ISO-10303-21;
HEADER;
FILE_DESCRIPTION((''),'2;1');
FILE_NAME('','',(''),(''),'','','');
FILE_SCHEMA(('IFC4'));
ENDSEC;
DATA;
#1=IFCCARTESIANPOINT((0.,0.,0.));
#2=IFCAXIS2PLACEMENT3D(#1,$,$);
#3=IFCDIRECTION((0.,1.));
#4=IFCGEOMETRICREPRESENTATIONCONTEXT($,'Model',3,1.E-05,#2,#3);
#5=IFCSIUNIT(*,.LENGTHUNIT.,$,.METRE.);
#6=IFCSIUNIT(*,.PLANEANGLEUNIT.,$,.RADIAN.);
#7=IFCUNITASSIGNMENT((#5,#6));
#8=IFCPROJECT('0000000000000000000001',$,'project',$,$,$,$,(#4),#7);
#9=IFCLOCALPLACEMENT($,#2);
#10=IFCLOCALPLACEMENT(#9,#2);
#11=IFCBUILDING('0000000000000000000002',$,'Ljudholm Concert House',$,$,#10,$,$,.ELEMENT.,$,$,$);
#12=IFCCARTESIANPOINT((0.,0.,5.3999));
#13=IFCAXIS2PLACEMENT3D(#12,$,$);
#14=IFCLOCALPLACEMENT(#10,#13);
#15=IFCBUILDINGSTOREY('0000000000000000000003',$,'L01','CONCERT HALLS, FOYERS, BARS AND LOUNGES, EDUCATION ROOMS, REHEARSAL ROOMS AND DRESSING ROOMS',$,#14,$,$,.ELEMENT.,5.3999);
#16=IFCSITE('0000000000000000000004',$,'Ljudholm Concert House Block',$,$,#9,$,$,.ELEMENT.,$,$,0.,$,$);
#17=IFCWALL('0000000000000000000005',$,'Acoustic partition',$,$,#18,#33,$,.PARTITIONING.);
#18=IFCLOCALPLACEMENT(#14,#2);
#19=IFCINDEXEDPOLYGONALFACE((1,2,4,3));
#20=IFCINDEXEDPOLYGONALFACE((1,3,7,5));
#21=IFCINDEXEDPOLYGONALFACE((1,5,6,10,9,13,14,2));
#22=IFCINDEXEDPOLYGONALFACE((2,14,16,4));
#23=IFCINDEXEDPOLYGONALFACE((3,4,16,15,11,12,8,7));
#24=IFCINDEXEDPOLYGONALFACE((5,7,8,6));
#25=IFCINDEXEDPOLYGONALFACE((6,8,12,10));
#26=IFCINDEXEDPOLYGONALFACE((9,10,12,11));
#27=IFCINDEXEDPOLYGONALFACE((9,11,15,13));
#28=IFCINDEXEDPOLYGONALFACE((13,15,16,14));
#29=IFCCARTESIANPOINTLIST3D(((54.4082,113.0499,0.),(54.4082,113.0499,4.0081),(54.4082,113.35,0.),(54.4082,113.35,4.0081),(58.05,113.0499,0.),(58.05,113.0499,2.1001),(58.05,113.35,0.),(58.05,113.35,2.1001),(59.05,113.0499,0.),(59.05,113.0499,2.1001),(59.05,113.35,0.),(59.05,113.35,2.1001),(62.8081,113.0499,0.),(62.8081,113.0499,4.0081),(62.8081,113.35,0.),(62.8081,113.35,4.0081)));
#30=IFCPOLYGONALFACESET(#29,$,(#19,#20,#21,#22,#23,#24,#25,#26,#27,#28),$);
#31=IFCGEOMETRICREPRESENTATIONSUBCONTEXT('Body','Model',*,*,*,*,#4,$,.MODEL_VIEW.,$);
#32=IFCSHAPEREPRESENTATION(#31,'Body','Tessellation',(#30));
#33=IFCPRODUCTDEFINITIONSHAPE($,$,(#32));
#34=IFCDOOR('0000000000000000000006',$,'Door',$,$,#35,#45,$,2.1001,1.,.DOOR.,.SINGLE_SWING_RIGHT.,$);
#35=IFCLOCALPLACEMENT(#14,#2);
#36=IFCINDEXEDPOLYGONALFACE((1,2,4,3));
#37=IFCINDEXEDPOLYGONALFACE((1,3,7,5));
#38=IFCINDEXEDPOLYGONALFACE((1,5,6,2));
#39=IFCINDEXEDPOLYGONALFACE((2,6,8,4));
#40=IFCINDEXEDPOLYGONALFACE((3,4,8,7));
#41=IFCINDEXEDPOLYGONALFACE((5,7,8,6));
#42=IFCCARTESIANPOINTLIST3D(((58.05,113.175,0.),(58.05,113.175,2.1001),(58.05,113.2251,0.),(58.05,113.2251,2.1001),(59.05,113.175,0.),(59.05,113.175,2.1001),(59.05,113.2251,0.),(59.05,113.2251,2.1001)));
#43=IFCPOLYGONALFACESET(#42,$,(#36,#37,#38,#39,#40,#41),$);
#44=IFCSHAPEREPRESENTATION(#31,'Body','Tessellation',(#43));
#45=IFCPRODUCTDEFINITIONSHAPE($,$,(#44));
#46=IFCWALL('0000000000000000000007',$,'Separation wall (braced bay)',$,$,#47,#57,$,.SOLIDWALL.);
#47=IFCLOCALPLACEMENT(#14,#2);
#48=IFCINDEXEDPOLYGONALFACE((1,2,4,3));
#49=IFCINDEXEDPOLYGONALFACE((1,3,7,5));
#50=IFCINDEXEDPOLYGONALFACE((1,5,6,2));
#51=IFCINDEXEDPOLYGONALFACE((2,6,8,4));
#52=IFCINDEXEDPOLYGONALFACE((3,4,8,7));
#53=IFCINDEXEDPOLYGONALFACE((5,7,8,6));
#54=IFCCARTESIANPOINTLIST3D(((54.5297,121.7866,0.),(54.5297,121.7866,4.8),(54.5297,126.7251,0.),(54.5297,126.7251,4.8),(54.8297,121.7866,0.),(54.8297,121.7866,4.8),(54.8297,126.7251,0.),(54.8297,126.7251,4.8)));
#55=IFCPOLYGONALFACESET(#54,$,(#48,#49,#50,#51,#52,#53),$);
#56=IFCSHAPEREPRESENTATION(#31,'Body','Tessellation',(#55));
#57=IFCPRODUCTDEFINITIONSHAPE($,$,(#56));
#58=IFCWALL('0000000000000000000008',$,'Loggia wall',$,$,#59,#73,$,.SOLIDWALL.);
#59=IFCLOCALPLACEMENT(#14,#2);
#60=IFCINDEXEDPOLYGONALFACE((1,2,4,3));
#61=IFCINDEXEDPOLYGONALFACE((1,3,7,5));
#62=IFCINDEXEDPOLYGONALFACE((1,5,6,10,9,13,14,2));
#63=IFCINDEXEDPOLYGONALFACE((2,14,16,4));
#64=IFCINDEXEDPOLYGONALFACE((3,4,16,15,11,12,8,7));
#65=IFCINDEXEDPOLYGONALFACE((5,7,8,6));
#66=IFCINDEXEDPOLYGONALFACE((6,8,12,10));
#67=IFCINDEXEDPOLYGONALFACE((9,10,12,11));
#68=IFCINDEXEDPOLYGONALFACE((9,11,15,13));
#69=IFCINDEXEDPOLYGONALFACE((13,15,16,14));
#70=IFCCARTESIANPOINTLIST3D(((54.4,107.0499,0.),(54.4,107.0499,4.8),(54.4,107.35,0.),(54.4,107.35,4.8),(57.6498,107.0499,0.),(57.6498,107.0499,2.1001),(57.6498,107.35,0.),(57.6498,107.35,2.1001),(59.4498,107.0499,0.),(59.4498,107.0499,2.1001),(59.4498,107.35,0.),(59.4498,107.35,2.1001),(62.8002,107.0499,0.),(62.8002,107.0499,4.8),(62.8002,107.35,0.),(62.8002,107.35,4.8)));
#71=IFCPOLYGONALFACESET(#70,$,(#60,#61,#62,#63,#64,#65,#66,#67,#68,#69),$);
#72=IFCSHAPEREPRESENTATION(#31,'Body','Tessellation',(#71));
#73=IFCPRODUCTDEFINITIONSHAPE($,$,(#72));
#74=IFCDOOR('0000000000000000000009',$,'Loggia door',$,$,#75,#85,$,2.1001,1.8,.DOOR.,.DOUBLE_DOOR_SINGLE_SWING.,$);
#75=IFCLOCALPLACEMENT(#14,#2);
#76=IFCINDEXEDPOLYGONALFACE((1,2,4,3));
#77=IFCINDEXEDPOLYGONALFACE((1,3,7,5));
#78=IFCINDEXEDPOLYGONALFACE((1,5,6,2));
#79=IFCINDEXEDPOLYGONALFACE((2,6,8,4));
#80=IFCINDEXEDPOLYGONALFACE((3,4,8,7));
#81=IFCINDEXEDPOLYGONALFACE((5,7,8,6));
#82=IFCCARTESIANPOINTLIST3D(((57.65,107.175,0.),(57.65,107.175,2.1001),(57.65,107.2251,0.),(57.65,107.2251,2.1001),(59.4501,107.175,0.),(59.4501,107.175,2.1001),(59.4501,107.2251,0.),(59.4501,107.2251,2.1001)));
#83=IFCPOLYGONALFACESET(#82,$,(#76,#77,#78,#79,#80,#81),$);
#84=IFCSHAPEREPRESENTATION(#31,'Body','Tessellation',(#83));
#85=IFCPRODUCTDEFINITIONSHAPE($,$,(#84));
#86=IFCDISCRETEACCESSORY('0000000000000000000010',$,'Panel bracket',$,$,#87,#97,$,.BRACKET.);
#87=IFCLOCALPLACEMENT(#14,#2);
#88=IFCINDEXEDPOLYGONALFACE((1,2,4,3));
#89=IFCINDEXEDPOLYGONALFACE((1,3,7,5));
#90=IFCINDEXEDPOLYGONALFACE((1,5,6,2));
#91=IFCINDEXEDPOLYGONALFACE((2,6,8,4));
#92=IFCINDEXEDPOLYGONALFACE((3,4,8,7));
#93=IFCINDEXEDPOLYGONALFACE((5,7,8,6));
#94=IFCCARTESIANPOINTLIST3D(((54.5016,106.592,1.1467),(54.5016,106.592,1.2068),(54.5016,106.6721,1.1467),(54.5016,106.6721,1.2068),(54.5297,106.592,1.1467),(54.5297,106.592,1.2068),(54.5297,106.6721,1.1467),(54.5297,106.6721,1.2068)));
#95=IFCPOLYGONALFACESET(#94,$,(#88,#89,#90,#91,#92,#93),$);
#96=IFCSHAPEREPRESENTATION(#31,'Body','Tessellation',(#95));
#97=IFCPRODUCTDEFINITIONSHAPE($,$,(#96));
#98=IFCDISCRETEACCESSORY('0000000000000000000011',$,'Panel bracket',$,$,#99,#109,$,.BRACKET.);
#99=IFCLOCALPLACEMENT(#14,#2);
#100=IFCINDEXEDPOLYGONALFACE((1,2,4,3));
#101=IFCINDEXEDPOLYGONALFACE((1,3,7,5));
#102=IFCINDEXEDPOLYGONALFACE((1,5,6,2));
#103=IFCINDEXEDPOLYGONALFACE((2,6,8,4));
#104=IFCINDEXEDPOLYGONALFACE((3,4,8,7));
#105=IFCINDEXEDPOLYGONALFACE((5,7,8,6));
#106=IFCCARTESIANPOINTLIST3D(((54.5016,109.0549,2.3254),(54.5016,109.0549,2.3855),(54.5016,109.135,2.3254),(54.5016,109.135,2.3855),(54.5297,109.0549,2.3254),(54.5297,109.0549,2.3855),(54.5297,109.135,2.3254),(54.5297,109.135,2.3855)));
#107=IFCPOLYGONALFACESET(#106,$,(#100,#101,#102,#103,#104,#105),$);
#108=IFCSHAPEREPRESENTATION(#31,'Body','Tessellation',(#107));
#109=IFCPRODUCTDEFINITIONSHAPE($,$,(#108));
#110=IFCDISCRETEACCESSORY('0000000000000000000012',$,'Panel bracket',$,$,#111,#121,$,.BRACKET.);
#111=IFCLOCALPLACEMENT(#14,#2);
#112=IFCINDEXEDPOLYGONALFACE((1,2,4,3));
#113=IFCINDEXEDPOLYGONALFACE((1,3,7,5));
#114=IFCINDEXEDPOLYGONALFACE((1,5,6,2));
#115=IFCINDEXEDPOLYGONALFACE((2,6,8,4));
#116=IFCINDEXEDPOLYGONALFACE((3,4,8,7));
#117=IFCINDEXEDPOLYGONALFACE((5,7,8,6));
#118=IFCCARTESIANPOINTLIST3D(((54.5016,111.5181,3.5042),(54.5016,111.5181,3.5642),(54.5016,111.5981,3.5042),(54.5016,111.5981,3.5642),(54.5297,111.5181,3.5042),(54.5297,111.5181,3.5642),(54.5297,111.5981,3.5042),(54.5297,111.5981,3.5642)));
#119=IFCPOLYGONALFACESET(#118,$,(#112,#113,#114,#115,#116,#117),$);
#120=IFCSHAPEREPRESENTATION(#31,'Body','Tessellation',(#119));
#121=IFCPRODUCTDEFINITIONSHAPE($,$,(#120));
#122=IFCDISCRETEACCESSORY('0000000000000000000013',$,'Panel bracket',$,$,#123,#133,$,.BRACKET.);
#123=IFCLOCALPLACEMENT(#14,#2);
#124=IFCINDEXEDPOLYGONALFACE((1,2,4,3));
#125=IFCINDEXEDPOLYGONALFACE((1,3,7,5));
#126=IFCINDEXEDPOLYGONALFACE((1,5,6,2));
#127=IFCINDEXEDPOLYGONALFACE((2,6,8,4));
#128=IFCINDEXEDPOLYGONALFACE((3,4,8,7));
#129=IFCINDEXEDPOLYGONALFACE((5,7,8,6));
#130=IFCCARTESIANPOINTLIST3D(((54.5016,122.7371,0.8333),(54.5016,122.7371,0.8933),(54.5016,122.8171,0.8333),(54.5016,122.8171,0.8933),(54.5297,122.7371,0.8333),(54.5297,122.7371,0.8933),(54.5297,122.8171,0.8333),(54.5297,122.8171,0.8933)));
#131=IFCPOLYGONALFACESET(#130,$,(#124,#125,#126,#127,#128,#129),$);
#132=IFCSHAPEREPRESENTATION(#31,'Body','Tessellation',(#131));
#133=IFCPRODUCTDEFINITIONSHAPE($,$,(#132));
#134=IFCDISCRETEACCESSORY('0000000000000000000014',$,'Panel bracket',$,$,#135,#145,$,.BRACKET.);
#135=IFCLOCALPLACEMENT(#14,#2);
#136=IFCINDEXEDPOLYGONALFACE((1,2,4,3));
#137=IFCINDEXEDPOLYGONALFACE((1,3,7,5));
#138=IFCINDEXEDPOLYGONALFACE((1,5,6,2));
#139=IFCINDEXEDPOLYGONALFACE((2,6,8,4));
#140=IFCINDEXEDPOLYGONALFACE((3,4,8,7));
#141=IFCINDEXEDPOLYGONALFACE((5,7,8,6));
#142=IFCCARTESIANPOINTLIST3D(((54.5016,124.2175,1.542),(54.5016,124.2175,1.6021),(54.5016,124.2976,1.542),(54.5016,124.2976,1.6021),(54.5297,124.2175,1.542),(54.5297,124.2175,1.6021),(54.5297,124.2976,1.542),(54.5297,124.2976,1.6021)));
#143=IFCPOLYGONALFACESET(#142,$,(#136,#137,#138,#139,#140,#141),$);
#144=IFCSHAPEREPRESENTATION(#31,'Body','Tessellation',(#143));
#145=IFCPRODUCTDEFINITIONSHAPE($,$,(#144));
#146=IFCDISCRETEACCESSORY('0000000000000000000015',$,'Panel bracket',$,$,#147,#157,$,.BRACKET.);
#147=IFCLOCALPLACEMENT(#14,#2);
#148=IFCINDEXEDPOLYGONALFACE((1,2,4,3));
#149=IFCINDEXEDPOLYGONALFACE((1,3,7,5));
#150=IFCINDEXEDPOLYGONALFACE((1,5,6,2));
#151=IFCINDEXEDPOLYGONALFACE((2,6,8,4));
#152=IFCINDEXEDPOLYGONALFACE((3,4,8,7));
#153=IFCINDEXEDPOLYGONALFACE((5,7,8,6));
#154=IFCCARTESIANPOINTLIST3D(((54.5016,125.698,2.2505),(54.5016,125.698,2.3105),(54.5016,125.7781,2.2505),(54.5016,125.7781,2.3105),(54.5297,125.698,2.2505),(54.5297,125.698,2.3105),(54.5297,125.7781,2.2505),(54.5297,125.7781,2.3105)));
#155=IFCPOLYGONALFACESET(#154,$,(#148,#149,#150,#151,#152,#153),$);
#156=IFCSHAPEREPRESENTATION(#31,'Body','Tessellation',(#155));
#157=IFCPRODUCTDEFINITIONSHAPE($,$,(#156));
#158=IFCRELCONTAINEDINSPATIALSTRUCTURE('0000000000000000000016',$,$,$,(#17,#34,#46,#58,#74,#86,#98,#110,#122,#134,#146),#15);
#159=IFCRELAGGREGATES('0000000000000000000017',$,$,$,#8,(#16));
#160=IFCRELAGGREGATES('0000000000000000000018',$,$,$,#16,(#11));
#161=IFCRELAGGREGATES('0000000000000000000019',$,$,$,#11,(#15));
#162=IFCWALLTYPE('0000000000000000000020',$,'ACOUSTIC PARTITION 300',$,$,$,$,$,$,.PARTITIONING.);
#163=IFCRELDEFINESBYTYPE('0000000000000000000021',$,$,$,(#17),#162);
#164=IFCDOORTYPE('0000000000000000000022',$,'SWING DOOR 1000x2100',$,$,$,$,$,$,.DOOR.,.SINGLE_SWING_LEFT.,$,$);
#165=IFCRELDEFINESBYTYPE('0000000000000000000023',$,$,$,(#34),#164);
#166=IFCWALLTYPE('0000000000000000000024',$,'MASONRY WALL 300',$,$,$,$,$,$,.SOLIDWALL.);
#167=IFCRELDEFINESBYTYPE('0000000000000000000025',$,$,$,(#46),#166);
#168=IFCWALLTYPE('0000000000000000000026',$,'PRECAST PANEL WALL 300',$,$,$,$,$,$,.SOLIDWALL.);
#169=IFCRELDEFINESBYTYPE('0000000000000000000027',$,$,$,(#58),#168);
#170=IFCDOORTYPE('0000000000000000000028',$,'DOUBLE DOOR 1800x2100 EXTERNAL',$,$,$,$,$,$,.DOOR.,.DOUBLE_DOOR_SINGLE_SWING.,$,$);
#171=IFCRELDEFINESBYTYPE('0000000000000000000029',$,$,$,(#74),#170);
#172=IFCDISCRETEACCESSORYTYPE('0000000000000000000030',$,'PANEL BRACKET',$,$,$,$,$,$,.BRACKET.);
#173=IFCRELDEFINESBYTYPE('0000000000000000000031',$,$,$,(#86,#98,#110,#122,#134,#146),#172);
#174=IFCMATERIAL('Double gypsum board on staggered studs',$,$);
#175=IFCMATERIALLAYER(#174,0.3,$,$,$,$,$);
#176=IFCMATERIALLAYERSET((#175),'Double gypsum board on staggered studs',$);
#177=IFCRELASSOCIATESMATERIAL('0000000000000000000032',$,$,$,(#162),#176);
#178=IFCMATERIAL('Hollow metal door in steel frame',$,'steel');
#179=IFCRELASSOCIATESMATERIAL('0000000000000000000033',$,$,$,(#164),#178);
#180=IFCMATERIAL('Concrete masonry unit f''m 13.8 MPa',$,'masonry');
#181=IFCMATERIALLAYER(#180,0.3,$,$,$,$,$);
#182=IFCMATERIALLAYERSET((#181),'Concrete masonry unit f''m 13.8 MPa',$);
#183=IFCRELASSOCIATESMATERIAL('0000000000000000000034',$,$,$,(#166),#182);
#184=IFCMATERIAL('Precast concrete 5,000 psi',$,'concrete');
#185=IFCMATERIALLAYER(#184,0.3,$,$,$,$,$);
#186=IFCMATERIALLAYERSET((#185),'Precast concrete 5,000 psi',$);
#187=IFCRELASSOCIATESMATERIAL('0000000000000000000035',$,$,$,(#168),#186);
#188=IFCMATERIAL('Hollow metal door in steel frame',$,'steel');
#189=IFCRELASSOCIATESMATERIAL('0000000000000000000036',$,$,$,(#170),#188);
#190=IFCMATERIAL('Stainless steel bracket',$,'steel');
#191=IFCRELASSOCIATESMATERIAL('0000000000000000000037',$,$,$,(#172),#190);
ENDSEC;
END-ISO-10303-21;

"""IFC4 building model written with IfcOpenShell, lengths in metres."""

from ifc_helpers import new_model, si_unit, direction, frame, frame_2d, origin, origin_2d, place, context, subcontext, project, spatial, rectangle, extrude, material, layer, layer_set, type_object, element, fill, save


model = new_model("IFC4")

# Units and contexts
model_context = context("Model", 3, precision=1e-05, world=origin(), true_north=direction((0.0, 1.0)))
body_context = subcontext(model_context, "Body", "Model", "MODEL_VIEW")
ifc_project = project(units=[si_unit("LENGTHUNIT", "METRE"), si_unit("PLANEANGLEUNIT", "RADIAN")], contexts=[model_context])

# Site, building, storey
site_placement = place(None, origin())
site = spatial("IfcSite", under=ifc_project, at=site_placement, Name="Ljudholm Concert House Block", CompositionType="ELEMENT", RefElevation=0.0)
building_placement = place(site_placement, origin())
building = spatial("IfcBuilding", under=site, at=building_placement, Name="Ljudholm Concert House", CompositionType="ELEMENT")
storey_placement = place(building_placement, frame((0.0, 0.0, 5.3999)))
storey = spatial("IfcBuildingStorey", under=building, at=storey_placement, Name="L01", Description="CONCERT HALLS, FOYERS, BARS AND LOUNGES, EDUCATION ROOMS, REHEARSAL ROOMS AND DRESSING ROOMS", CompositionType="ELEMENT", Elevation=5.3999)

# Wall, opening, door
ifc_material_1 = material(Name="Double gypsum board on staggered studs")
ifc_layer_1 = layer(ifc_material_1, 0.3)
ifc_layer_set_1 = layer_set([ifc_layer_1], Name="Double gypsum board on staggered studs")
wall_type_1 = type_object("IfcWallType", Name="ACOUSTIC PARTITION 300", PredefinedType="PARTITIONING", material=ifc_layer_set_1)
wall_1_placement = place(storey_placement, frame((54.4082, 113.2, 0.0), z_axis=(0.0, 0.0, 1.0), x_axis=(1.0, 0.0, 0.0)))
wall_1 = element("IfcWall", 1, at=wall_1_placement, inside=storey, type_object=wall_type_1, Name="Acoustic partition", PredefinedType="PARTITIONING", context=body_context, shape_type="SweptSolid", body=[
    extrude(rectangle(XDim=8.3999, YDim=0.3, at=frame_2d((4.2, 0.0))), origin(), (0.0, 0.0, 1.0), 4.0081),
])
opening_1_placement = place(wall_1_placement, frame((3.6418, 0.0, 0.0)))
opening_1 = element("IfcOpeningElement", 2, at=opening_1_placement, cuts=wall_1, PredefinedType="OPENING", context=body_context, shape_type="SweptSolid", body=[
    extrude(rectangle(XDim=1.0, YDim=2.1001, at=frame_2d((0.5, 1.05))), frame((0.0, 0.1599, 0.0), z_axis=(0.0, -1.0, 0.0), x_axis=(1.0, 0.0, 0.0)), (0.0, 0.0, 1.0), 0.3201),
])
ifc_material_2 = material(Name="Hollow metal door in steel frame", Category="steel")
door_type_1 = type_object("IfcDoorType", Name="SWING DOOR 1000x2100", OperationType="SINGLE_SWING_LEFT", PredefinedType="DOOR", material=ifc_material_2)
door_1_placement = place(opening_1_placement, frame((1.0, 0.0, 0.0), z_axis=(0.0, 0.0, 1.0), x_axis=(-1.0, 0.0, 0.0)))
door_1 = element("IfcDoor", 3, at=door_1_placement, inside=storey, type_object=door_type_1, Name="Door", OperationType="SINGLE_SWING_RIGHT", OverallHeight=2.1001, OverallWidth=1.0, PredefinedType="DOOR", context=body_context, shape_type="SweptSolid", body=[
    extrude(rectangle(XDim=1.0, YDim=2.1001, at=frame_2d((0.5, 1.05))), frame((0.0, 0.0249, 0.0), z_axis=(0.0, -1.0, 0.0), x_axis=(1.0, 0.0, 0.0)), (0.0, 0.0, 1.0), 0.05),
])
fill(opening_1, door_1)
ifc_material_3 = material(Name="Concrete masonry unit f'm 13.8 MPa", Category="masonry")
ifc_layer_2 = layer(ifc_material_3, 0.3)
ifc_layer_set_2 = layer_set([ifc_layer_2], Name="Concrete masonry unit f'm 13.8 MPa")
wall_type_2 = type_object("IfcWallType", Name="MASONRY WALL 300", PredefinedType="SOLIDWALL", material=ifc_layer_set_2)

# Wall
wall_2_placement = place(storey_placement, frame((54.6797, 121.7866, 0.0), z_axis=(0.0, 0.0, 1.0), x_axis=(0.0, 1.0, 0.0)))
element("IfcWall", 4, at=wall_2_placement, inside=storey, type_object=wall_type_2, Name="Separation wall (braced bay)", PredefinedType="SOLIDWALL", context=body_context, shape_type="SweptSolid", body=[
    extrude(rectangle(XDim=4.9385, YDim=0.3, at=frame_2d((2.4692, 0.0))), origin(), (0.0, 0.0, 1.0), 4.8),
])

# Wall, opening, door
ifc_material_4 = material(Name="Precast concrete 5,000 psi", Category="concrete")
ifc_layer_3 = layer(ifc_material_4, 0.3)
ifc_layer_set_3 = layer_set([ifc_layer_3], Name="Precast concrete 5,000 psi")
wall_type_3 = type_object("IfcWallType", Name="PRECAST PANEL WALL 300", PredefinedType="SOLIDWALL", material=ifc_layer_set_3)
wall_3_placement = place(storey_placement, frame((54.3999, 107.2, 0.0), z_axis=(0.0, 0.0, 1.0), x_axis=(1.0, 0.0, 0.0)))
wall_3 = element("IfcWall", 5, at=wall_3_placement, inside=storey, type_object=wall_type_3, Name="Loggia wall", PredefinedType="SOLIDWALL", context=body_context, shape_type="SweptSolid", body=[
    extrude(rectangle(XDim=8.4001, YDim=0.3, at=frame_2d((4.2002, 0.0))), origin(), (0.0, 0.0, 1.0), 4.8),
])
opening_2_placement = place(wall_3_placement, frame((3.25, 0.0, 0.0)))
opening_2 = element("IfcOpeningElement", 6, at=opening_2_placement, cuts=wall_3, PredefinedType="OPENING", context=body_context, shape_type="SweptSolid", body=[
    extrude(rectangle(XDim=1.8, YDim=2.1001, at=frame_2d((0.8999, 1.05))), frame((0.0, 0.1599, 0.0), z_axis=(0.0, -1.0, 0.0), x_axis=(1.0, 0.0, 0.0)), (0.0, 0.0, 1.0), 0.3201),
])
ifc_material_5 = material(Name="Hollow metal door in steel frame", Category="steel")
door_type_2 = type_object("IfcDoorType", Name="DOUBLE DOOR 1800x2100 EXTERNAL", OperationType="DOUBLE_DOOR_SINGLE_SWING", PredefinedType="DOOR", material=ifc_material_5)
door_2_placement = place(opening_2_placement, frame((1.8, 0.0, 0.0), z_axis=(0.0, 0.0, 1.0), x_axis=(-1.0, 0.0, 0.0)))
door_2 = element("IfcDoor", 7, at=door_2_placement, inside=storey, type_object=door_type_2, Name="Loggia door", OperationType="DOUBLE_DOOR_SINGLE_SWING", OverallHeight=2.1001, OverallWidth=1.8, PredefinedType="DOOR", context=body_context, shape_type="SweptSolid", body=[
    extrude(rectangle(XDim=1.8, YDim=2.1001, at=frame_2d((0.8999, 1.05))), frame((0.0, 0.0249, 0.0), z_axis=(0.0, -1.0, 0.0), x_axis=(1.0, 0.0, 0.0)), (0.0, 0.0, 1.0), 0.05),
])
fill(opening_2, door_2)

# Discrete accessories
ifc_material_6 = material(Name="Stainless steel bracket", Category="steel")
discrete_accessory_type = type_object("IfcDiscreteAccessoryType", Name="PANEL BRACKET", PredefinedType="BRACKET", material=ifc_material_6)
for number, where, z_axis, x_axis, name in (
    (8, (54.5156, 106.6321, 1.1467), (0.0, 0.0, 1.0), (1.0, 0.0, 0.0), "Panel bracket"),
    (9, (54.5156, 109.095, 2.3254), (0.0, 0.0, 1.0), (1.0, 0.0, 0.0), "Panel bracket"),
    (10, (54.5156, 111.5581, 3.5042), (0.0, 0.0, 1.0), (1.0, 0.0, 0.0), "Panel bracket"),
    (11, (54.5156, 122.7771, 0.8333), (0.0, 0.0, 1.0), (1.0, 0.0, 0.0), "Panel bracket"),
    (12, (54.5156, 124.2576, 1.542), (0.0, 0.0, 1.0), (1.0, 0.0, 0.0), "Panel bracket"),
    (13, (54.5156, 125.738, 2.2505), (0.0, 0.0, 1.0), (1.0, 0.0, 0.0), "Panel bracket"),
):
    element("IfcDiscreteAccessory", number, at=place(storey_placement, frame(where, z_axis=z_axis, x_axis=x_axis)), inside=storey, type_object=discrete_accessory_type, Name=name, PredefinedType="BRACKET", context=body_context, shape_type="SweptSolid", body=[
        extrude(rectangle(XDim=0.0281, YDim=0.0801, at=origin_2d()), origin(), (0.0, 0.0, 1.0), 0.0601),
    ])

save(model, "model.ifc")
